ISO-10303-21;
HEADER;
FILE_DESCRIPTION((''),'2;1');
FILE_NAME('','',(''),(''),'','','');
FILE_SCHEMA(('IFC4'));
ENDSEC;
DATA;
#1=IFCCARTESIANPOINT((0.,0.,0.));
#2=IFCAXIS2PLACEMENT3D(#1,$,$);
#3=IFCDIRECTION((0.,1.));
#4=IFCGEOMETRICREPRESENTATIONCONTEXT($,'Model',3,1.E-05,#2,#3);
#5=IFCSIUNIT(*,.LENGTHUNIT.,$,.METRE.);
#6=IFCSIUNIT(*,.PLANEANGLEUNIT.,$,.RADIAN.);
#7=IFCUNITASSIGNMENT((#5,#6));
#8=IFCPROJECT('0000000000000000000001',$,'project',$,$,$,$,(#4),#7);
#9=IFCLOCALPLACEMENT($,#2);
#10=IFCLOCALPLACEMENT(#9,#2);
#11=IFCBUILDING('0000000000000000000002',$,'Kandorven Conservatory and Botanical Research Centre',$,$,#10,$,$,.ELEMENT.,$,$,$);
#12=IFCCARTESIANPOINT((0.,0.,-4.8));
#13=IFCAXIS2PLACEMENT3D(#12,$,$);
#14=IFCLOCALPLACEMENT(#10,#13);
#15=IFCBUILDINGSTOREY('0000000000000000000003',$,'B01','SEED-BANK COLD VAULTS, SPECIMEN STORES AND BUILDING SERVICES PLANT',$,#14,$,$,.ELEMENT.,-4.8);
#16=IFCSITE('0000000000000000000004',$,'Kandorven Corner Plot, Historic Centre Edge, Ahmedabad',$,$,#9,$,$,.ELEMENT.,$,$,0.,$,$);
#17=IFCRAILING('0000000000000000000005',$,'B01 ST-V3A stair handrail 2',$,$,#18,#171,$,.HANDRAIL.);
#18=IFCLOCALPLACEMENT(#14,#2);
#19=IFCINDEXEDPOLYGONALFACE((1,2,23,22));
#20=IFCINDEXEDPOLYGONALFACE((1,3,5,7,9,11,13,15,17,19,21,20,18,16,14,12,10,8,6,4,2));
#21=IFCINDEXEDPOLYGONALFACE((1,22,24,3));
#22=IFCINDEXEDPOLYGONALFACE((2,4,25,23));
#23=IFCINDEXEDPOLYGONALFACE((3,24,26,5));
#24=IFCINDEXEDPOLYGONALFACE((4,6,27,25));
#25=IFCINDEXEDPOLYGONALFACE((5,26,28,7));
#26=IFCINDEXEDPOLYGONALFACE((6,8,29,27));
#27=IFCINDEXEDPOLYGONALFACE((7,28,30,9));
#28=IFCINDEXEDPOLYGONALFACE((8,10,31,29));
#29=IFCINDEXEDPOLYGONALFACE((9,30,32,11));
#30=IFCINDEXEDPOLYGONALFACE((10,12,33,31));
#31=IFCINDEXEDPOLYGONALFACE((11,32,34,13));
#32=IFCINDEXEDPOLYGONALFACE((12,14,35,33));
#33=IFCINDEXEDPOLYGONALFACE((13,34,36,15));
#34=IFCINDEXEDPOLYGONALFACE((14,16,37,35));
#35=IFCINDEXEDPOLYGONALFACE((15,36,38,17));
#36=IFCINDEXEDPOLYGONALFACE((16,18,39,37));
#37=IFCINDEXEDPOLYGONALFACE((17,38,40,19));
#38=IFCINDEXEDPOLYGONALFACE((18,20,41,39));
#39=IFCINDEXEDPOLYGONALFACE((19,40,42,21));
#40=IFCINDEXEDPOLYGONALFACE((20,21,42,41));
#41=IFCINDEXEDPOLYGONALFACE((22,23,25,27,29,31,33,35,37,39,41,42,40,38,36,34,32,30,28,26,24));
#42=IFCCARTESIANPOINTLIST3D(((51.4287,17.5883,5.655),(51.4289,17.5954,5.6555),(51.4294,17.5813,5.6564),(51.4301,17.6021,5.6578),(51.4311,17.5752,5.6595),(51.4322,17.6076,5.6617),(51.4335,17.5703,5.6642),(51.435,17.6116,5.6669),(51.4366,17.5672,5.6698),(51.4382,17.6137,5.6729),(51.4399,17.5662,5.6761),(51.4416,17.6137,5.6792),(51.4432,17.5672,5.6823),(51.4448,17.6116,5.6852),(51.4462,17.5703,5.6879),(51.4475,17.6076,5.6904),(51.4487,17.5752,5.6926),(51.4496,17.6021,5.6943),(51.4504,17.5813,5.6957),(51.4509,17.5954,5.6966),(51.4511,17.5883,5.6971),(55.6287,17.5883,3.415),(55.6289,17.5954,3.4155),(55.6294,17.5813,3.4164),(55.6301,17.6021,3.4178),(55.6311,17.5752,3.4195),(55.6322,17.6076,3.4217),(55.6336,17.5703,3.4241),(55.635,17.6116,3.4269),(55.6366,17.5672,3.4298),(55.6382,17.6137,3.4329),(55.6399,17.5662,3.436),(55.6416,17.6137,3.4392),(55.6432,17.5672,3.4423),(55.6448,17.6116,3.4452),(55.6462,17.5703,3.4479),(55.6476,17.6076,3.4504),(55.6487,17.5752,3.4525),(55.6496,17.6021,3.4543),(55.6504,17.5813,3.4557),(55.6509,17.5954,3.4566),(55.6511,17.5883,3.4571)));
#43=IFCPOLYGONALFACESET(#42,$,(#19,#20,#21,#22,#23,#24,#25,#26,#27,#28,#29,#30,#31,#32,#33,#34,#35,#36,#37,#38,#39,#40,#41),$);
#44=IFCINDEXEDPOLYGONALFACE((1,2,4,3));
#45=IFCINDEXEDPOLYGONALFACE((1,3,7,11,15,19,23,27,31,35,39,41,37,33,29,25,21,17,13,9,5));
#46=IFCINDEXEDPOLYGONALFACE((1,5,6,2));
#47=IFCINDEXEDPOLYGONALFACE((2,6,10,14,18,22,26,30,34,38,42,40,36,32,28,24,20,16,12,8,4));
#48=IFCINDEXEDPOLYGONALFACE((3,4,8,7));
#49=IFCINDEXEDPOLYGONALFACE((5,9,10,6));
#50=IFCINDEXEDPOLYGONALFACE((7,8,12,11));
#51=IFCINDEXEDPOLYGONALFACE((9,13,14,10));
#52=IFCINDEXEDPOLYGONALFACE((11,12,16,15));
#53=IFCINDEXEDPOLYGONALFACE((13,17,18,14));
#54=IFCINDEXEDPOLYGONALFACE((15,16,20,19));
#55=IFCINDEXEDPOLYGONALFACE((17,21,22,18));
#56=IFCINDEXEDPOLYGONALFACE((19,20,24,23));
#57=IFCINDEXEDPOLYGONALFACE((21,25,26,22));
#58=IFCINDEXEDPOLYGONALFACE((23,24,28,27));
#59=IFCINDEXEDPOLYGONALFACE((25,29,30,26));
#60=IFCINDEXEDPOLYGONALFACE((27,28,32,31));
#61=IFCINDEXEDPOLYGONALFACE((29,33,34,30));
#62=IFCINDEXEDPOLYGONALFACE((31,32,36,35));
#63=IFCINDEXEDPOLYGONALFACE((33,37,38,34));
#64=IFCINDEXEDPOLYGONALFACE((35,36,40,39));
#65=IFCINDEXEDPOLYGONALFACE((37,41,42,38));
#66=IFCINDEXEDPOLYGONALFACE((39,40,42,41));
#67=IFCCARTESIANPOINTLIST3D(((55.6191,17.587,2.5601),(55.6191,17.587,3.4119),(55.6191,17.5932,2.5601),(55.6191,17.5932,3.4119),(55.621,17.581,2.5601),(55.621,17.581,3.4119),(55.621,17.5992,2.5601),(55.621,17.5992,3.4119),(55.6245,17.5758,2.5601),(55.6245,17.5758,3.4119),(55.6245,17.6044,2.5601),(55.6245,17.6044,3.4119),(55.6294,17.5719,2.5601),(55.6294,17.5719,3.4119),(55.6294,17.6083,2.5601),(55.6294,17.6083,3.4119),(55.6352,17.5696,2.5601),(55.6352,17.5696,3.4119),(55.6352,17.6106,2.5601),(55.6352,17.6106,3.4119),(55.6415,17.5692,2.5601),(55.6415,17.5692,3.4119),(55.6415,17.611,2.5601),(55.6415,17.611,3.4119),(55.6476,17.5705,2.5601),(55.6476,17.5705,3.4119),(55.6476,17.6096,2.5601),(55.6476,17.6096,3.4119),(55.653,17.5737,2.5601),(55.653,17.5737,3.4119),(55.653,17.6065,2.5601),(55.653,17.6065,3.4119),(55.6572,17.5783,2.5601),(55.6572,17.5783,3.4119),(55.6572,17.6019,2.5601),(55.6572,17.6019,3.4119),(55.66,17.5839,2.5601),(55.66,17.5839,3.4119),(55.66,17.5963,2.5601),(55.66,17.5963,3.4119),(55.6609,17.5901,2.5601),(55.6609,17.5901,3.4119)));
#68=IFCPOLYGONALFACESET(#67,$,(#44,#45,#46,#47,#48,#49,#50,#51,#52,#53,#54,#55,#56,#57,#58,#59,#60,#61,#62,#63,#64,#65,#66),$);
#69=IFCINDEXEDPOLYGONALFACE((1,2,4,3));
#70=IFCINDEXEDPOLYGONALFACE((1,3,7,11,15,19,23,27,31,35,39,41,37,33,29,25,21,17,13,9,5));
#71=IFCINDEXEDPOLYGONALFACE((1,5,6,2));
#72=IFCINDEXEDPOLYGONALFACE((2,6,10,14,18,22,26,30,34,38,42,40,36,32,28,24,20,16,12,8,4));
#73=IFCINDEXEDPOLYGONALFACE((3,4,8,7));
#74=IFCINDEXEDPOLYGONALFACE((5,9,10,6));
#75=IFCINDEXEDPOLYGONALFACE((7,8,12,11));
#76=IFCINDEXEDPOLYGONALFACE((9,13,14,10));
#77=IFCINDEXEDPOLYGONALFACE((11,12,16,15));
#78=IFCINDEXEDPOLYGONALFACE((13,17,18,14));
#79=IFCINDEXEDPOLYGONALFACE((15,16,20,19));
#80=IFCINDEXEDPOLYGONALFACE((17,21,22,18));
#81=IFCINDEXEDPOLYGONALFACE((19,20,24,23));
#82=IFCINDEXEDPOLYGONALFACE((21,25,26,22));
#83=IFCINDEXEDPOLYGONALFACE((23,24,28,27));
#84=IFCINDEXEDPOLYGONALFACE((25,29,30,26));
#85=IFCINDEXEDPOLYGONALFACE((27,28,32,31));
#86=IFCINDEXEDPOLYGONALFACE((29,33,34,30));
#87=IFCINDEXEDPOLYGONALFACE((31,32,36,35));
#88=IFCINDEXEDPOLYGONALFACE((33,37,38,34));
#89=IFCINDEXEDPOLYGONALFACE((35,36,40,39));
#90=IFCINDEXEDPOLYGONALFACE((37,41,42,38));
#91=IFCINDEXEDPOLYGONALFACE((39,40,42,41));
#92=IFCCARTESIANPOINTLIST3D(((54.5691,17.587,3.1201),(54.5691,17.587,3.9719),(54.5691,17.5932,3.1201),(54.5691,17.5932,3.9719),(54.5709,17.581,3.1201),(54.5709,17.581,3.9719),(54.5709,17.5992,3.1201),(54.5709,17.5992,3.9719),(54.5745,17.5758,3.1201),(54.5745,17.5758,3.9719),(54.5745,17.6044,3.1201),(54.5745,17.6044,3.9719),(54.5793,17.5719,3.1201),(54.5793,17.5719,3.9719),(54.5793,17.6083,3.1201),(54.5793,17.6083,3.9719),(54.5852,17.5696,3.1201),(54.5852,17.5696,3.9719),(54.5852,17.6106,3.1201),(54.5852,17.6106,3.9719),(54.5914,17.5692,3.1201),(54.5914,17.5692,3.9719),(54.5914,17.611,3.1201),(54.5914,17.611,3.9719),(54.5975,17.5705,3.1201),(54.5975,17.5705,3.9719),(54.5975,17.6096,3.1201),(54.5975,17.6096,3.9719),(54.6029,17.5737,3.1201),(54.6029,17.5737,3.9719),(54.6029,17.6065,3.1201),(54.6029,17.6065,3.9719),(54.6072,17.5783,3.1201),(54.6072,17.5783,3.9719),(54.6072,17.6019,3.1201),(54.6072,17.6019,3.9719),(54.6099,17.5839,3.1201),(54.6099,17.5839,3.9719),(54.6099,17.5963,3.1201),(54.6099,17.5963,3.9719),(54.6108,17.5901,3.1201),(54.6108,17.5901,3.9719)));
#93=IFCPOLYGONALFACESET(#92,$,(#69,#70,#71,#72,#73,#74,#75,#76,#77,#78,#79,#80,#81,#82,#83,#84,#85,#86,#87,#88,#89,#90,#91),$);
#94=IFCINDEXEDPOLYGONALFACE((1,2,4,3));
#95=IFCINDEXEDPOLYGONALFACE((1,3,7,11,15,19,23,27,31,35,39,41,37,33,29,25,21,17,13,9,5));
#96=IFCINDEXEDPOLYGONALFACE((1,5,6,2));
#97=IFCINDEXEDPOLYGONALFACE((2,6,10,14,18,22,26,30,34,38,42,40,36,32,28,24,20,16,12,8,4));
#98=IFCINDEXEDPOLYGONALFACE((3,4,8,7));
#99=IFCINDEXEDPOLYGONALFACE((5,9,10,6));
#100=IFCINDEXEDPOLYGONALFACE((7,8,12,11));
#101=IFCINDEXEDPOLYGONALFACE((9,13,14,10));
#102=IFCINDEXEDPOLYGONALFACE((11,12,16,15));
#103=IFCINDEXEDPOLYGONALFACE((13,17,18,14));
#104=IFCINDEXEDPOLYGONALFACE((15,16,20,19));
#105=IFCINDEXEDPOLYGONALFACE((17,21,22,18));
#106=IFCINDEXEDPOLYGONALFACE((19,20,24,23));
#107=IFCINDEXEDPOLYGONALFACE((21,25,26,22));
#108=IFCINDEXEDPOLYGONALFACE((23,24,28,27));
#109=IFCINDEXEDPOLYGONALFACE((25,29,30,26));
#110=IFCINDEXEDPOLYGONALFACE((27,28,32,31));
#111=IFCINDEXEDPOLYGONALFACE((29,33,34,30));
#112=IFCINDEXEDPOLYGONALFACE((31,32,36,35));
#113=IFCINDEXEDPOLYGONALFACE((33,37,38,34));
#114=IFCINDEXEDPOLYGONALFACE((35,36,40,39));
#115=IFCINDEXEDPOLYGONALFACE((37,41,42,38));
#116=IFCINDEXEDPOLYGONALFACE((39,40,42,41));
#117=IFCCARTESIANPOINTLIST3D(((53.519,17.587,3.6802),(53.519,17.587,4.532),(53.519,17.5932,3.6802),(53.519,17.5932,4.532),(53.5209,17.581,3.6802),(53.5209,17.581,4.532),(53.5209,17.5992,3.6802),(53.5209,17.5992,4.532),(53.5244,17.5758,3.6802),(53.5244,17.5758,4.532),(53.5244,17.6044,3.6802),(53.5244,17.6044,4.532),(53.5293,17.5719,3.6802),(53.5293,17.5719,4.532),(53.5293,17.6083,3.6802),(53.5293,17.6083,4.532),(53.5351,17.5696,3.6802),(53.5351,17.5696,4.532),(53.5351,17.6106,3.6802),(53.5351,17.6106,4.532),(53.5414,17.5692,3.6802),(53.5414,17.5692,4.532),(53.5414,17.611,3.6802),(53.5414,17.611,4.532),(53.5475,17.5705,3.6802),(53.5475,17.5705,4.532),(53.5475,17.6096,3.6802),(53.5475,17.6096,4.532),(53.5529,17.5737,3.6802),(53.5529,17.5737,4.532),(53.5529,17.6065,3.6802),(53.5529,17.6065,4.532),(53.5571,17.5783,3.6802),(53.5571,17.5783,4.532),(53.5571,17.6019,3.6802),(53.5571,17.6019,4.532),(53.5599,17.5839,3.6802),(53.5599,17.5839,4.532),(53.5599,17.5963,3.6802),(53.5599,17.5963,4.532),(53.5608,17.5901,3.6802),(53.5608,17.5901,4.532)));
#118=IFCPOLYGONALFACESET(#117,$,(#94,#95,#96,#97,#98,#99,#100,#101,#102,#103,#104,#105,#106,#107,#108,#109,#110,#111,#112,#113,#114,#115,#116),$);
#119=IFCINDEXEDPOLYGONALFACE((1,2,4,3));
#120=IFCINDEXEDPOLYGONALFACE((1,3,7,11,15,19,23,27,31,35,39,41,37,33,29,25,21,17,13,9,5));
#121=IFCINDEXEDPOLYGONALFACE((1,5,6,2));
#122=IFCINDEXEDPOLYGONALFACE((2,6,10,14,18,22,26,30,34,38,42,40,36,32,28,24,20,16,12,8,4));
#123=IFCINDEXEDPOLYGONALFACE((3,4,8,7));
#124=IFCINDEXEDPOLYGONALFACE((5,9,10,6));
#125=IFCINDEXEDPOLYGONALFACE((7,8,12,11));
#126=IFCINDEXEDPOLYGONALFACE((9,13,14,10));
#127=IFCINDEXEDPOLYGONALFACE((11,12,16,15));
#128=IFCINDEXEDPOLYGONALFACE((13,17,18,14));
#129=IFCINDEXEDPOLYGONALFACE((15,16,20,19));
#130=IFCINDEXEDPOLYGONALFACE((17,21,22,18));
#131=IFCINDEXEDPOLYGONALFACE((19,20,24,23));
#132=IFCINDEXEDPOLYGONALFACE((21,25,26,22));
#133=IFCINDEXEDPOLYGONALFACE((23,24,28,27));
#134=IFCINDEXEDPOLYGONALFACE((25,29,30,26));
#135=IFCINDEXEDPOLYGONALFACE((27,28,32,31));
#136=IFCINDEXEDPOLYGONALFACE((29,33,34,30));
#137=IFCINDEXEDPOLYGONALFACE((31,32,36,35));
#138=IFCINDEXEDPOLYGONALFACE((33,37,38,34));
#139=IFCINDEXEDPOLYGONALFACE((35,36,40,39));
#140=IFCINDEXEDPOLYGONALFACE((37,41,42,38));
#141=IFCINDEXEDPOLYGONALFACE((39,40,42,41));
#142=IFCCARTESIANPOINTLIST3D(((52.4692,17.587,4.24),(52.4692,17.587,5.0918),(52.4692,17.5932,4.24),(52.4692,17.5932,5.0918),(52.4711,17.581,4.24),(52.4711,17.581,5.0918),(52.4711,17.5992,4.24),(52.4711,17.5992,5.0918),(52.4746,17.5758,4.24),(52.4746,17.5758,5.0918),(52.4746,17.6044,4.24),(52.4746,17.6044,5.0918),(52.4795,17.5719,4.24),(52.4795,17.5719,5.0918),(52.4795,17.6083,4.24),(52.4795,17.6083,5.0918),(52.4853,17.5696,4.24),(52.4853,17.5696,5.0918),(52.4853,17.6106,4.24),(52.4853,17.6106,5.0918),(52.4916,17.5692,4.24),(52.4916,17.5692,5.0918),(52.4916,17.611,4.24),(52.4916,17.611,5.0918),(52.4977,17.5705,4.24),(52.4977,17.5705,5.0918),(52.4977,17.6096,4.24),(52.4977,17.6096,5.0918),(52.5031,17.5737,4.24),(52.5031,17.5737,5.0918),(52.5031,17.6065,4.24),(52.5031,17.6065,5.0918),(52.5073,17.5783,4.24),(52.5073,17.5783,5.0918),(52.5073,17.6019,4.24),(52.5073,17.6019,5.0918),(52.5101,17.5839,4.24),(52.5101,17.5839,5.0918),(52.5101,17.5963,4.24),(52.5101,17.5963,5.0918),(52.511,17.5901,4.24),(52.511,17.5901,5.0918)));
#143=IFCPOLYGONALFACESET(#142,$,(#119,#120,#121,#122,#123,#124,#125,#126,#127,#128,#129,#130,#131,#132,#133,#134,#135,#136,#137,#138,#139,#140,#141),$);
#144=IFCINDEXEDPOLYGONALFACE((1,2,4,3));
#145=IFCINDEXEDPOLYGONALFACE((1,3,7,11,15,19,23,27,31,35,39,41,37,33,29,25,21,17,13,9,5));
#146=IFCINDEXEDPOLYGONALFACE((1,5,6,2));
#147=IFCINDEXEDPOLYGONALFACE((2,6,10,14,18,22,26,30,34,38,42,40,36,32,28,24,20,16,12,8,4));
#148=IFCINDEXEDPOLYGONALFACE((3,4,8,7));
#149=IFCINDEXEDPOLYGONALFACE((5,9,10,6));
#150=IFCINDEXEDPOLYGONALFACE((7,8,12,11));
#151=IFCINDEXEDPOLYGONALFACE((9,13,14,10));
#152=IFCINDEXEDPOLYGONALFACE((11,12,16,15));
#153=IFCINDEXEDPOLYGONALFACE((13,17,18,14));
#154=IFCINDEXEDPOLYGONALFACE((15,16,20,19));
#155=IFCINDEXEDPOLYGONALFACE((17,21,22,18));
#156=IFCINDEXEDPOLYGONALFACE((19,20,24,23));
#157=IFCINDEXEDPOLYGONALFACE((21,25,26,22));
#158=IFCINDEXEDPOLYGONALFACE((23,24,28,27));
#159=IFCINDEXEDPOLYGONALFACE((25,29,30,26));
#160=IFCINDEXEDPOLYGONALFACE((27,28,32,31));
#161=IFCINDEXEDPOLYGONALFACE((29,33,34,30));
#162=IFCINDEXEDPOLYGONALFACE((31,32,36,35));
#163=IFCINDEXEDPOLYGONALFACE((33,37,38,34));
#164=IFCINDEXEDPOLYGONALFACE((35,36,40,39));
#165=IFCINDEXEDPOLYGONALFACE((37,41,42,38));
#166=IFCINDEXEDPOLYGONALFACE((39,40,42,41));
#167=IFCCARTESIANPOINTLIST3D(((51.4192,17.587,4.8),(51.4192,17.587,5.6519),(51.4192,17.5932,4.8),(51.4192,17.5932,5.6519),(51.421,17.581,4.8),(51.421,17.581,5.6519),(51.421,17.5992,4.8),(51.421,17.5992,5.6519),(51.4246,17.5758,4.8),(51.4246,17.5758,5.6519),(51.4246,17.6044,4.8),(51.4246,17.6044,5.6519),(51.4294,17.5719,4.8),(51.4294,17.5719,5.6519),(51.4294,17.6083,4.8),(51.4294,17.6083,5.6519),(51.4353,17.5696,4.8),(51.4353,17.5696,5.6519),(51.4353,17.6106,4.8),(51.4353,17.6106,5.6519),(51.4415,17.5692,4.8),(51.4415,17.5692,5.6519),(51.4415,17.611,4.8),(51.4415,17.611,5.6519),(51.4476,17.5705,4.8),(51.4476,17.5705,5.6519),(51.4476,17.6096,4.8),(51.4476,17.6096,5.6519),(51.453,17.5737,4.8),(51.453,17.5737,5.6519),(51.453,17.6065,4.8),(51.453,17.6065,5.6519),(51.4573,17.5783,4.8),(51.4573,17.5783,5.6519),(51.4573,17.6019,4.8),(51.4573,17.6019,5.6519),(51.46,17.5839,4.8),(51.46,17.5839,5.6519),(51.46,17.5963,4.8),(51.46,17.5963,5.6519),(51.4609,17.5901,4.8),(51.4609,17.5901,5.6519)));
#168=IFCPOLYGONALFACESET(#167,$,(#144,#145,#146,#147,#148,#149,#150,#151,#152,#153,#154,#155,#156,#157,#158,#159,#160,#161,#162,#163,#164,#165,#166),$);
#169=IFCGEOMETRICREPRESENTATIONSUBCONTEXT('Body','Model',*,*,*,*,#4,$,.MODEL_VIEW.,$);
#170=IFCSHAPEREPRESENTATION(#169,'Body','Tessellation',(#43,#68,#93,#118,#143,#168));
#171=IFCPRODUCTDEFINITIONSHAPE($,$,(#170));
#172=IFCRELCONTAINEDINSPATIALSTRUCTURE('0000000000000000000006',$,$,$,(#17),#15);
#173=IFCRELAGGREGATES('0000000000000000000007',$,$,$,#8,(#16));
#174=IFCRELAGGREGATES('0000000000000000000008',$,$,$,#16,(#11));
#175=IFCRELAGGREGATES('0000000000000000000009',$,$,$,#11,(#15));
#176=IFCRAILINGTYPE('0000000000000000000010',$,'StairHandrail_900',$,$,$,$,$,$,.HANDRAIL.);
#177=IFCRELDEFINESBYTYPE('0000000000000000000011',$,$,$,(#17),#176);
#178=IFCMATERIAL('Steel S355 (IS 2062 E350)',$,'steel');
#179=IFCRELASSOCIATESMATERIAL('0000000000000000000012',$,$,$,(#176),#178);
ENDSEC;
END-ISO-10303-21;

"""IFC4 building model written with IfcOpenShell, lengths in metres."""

from ifc_helpers import new_model, si_unit, direction, frame, origin, origin_2d, place, context, subcontext, project, spatial, circle, extrude, material, type_object, element, save


model = new_model("IFC4")

# Units and contexts
model_context = context("Model", 3, precision=1e-05, world=origin(), true_north=direction((0.0, 1.0)))
body_context = subcontext(model_context, "Body", "Model", "MODEL_VIEW")
ifc_project = project(units=[si_unit("LENGTHUNIT", "METRE"), si_unit("PLANEANGLEUNIT", "RADIAN")], contexts=[model_context])

# Site, building, storey
site_placement = place(None, origin())
site = spatial("IfcSite", under=ifc_project, at=site_placement, Name="Kandorven Corner Plot, Historic Centre Edge, Ahmedabad", CompositionType="ELEMENT", RefElevation=0.0)
building_placement = place(site_placement, origin())
building = spatial("IfcBuilding", under=site, at=building_placement, Name="Kandorven Conservatory and Botanical Research Centre", CompositionType="ELEMENT")
storey_placement = place(building_placement, frame((0.0, 0.0, -4.8)))
storey = spatial("IfcBuildingStorey", under=building, at=storey_placement, Name="B01", Description="SEED-BANK COLD VAULTS, SPECIMEN STORES AND BUILDING SERVICES PLANT", CompositionType="ELEMENT", Elevation=-4.8)

# Railing
ifc_material_1 = material(Name="Steel S355 (IS 2062 E350)", Category="steel")
railing_type_1 = type_object("IfcRailingType", Name="StairHandrail_900", PredefinedType="HANDRAIL", material=ifc_material_1)
railing_1_placement = place(storey_placement, frame((55.6399, 17.5901, 2.5601)))
element("IfcRailing", 1, at=railing_1_placement, inside=storey, type_object=railing_type_1, Name="B01 ST-V3A stair handrail 2", PredefinedType="HANDRAIL", context=body_context, shape_type="SweptSolid", body=[
    extrude(circle(Radius=0.0239, at=origin_2d()), frame((0.0, 0.0, 0.876), z_axis=(-0.882352, 0.0, 0.470591), x_axis=(0.0, -1.0, 0.0)), (0.0, 0.0, 1.0), 4.76),
    extrude(circle(Radius=0.021, at=origin_2d()), origin(), (0.0, 0.0, 1.0), 0.8518),
    extrude(circle(Radius=0.021, at=origin_2d()), frame((-1.05, 0.0, 0.5601)), (0.0, 0.0, 1.0), 0.8518),
    extrude(circle(Radius=0.021, at=origin_2d()), frame((-2.1001, 0.0, 1.1201)), (0.0, 0.0, 1.0), 0.8518),
    extrude(circle(Radius=0.021, at=origin_2d()), frame((-3.1499, 0.0, 1.6799)), (0.0, 0.0, 1.0), 0.8518),
    extrude(circle(Radius=0.021, at=origin_2d()), frame((-4.2, 0.0, 2.24)), (0.0, 0.0, 1.0), 0.8518),
])

save(model, "model.ifc")
